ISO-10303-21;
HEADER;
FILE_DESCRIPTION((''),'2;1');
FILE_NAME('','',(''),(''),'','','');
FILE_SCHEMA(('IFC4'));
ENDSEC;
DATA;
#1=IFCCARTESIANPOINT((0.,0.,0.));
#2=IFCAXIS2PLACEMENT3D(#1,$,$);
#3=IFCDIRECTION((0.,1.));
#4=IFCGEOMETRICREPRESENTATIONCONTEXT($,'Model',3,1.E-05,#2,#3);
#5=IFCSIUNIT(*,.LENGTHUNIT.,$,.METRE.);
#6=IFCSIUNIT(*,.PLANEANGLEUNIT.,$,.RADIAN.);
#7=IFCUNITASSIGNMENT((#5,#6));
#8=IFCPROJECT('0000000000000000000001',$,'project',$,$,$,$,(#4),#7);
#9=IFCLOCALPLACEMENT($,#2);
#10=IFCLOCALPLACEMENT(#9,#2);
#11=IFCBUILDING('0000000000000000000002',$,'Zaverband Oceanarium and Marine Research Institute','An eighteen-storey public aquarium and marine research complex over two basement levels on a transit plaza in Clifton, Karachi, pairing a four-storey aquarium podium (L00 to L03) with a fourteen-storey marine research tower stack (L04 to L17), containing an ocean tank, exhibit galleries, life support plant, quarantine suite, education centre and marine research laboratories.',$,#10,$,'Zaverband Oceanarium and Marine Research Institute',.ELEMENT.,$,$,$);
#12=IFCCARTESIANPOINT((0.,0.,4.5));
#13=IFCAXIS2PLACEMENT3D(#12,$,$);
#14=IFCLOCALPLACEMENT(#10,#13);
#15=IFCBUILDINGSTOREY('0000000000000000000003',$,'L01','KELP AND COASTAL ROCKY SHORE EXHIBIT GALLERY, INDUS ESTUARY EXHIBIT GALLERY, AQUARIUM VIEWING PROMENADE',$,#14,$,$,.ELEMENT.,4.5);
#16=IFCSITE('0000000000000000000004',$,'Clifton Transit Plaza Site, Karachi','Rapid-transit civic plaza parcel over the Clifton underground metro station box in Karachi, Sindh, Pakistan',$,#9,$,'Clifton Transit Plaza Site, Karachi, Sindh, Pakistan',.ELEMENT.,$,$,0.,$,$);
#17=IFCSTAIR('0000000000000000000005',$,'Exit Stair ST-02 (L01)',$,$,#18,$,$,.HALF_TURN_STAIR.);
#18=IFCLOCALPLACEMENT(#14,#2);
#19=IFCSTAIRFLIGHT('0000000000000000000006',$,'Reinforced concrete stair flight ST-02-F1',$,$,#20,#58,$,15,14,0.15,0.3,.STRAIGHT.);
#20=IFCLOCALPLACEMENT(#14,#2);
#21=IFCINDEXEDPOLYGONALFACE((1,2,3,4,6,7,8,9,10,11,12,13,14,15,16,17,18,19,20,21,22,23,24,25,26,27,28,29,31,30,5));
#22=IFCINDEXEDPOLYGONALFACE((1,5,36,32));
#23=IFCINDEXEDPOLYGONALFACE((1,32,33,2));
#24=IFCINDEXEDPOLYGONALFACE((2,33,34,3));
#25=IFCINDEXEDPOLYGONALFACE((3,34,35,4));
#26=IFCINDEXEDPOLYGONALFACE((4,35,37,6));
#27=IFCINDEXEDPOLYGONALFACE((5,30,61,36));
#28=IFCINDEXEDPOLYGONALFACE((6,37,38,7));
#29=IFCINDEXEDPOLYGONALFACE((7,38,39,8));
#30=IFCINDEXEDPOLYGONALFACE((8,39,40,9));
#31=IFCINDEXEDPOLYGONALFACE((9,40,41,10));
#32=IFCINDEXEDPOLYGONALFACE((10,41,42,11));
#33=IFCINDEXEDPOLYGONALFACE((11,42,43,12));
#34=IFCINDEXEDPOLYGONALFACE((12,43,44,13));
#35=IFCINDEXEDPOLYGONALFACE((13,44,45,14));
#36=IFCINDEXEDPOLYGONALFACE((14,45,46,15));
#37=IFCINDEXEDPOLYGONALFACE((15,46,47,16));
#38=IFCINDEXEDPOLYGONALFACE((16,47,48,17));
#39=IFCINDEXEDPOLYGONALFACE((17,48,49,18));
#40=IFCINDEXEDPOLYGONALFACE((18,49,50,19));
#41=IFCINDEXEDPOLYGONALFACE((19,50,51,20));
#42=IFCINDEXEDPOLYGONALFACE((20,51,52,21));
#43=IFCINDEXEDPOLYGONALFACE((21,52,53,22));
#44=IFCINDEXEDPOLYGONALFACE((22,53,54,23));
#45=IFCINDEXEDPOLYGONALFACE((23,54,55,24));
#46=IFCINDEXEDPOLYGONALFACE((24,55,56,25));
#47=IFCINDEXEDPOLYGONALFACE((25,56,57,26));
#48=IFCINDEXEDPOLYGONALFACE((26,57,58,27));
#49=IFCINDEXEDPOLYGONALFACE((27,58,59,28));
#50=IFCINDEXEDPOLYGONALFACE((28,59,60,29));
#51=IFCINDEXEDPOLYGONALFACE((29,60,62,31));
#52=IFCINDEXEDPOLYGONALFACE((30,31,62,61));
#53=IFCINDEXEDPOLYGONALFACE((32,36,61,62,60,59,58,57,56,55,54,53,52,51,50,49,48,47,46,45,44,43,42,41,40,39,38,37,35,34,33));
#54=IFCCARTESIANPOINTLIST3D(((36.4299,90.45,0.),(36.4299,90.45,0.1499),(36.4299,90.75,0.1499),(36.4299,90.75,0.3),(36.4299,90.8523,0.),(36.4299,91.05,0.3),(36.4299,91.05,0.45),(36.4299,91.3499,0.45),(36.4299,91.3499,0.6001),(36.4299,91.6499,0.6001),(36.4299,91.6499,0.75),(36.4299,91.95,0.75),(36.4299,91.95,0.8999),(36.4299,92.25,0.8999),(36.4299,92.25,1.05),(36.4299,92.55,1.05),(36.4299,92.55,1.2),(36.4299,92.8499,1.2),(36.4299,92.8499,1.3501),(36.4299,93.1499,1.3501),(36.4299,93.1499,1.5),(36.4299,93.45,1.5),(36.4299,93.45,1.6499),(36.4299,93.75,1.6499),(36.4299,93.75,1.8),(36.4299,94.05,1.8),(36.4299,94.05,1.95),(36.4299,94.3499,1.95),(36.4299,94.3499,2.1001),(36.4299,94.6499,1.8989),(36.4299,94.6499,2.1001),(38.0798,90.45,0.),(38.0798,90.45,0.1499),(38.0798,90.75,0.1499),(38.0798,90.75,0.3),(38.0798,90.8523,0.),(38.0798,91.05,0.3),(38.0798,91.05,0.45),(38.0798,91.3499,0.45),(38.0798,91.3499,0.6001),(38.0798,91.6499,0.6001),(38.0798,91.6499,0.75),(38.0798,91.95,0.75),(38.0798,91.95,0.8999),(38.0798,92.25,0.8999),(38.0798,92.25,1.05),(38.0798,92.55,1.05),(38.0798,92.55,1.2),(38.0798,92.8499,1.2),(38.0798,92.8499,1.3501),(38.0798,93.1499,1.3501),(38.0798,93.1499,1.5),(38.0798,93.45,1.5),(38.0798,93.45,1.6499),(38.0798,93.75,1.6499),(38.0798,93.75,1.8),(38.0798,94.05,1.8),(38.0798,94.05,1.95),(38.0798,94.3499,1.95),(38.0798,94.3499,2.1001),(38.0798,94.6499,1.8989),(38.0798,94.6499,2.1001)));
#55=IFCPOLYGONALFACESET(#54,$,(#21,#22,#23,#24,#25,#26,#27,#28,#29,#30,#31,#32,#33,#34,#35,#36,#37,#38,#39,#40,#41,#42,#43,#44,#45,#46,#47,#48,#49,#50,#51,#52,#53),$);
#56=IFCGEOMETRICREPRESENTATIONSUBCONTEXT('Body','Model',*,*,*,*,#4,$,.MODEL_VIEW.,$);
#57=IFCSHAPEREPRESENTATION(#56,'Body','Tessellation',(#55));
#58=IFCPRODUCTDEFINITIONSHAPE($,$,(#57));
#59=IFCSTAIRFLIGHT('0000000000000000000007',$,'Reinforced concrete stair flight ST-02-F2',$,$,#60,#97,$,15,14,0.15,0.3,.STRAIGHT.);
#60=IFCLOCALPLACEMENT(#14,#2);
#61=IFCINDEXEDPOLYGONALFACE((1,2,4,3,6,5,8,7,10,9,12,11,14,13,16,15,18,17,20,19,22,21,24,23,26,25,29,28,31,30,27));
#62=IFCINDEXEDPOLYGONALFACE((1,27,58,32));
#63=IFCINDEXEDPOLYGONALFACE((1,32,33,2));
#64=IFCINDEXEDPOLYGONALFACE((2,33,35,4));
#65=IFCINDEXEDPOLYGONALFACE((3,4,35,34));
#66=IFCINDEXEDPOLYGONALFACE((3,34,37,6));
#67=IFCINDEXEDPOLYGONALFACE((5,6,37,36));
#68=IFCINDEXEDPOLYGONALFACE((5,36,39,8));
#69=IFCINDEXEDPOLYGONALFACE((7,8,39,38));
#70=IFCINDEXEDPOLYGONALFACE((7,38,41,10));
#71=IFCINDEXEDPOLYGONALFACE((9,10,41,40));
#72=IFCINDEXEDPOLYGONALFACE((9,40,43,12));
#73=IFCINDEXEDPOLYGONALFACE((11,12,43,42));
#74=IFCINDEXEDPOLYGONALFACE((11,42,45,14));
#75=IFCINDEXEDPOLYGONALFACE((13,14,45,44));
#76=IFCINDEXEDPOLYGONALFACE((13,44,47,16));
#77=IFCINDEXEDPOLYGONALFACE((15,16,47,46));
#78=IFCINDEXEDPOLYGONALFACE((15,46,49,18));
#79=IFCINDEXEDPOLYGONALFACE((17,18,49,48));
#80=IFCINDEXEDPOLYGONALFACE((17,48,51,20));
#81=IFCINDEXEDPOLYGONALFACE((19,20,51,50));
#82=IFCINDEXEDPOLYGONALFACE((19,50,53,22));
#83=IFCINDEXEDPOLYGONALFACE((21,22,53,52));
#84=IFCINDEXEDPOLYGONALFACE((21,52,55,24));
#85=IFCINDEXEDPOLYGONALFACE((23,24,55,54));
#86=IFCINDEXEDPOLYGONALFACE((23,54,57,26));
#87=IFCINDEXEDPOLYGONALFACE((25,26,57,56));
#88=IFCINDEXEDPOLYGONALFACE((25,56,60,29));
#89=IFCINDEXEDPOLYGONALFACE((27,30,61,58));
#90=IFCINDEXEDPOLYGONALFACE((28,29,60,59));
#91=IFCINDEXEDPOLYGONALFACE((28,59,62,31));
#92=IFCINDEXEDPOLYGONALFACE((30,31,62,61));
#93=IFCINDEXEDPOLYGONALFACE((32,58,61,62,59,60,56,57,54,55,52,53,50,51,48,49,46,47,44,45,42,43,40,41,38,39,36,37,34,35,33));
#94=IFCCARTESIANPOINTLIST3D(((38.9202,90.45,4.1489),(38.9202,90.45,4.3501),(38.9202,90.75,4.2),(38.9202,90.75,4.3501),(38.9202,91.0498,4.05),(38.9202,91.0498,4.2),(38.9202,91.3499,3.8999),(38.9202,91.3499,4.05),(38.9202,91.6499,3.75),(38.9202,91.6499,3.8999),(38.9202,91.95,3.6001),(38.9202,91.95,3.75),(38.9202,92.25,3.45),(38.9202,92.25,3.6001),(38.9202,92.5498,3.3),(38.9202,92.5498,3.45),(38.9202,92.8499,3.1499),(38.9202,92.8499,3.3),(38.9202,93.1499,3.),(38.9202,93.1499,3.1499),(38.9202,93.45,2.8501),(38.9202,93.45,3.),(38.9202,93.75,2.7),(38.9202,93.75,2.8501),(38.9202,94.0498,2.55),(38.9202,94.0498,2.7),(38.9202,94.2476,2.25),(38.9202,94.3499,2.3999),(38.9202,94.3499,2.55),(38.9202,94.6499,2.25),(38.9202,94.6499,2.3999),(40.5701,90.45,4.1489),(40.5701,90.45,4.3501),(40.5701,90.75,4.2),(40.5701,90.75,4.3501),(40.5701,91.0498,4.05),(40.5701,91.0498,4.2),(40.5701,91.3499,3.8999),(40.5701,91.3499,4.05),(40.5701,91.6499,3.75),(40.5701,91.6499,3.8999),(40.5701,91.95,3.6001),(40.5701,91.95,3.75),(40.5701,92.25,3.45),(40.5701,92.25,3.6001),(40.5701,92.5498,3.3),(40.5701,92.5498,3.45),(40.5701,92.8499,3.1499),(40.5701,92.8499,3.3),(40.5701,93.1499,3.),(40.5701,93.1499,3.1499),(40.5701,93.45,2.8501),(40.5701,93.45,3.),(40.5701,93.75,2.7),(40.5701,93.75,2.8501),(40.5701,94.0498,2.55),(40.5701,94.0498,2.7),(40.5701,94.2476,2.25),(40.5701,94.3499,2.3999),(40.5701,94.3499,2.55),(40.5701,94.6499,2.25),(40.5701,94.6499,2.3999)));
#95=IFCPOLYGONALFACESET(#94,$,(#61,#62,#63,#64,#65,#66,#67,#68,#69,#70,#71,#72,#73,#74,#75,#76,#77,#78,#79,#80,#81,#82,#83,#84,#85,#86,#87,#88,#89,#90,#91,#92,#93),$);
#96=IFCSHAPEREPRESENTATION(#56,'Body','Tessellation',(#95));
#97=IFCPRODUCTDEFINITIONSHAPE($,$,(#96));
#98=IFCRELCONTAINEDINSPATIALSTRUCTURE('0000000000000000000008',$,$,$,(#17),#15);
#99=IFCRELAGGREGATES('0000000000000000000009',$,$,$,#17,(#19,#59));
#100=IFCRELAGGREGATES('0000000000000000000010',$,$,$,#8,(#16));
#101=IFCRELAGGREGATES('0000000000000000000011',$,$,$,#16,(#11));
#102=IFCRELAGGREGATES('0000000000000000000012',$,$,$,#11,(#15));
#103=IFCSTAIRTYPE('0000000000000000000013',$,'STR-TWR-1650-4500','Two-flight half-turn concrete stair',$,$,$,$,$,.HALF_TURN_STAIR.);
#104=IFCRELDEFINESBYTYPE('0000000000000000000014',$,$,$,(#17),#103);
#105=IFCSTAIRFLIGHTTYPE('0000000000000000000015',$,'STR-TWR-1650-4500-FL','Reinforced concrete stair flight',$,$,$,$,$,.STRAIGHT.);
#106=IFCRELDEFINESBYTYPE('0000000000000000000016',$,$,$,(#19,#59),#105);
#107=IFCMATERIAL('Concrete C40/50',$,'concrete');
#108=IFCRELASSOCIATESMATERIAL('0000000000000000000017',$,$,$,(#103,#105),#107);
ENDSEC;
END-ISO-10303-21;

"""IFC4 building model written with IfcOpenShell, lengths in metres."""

from ifc_helpers import new_model, si_unit, direction, frame, origin, place, context, subcontext, project, spatial, polyline, outline, extrude, material, type_object, element, aggregate, save


model = new_model("IFC4")

# Units and contexts
model_context = context("Model", 3, precision=1e-05, world=origin(), true_north=direction((0.0, 1.0)))
body_context = subcontext(model_context, "Body", "Model", "MODEL_VIEW")
ifc_project = project(units=[si_unit("LENGTHUNIT", "METRE"), si_unit("PLANEANGLEUNIT", "RADIAN")], contexts=[model_context])

# Site, building, storey
site_placement = place(None, origin())
site = spatial("IfcSite", under=ifc_project, at=site_placement, Name="Clifton Transit Plaza Site, Karachi", Description="Rapid-transit civic plaza parcel over the Clifton underground metro station box in Karachi, Sindh, Pakistan", LongName="Clifton Transit Plaza Site, Karachi, Sindh, Pakistan", CompositionType="ELEMENT", RefElevation=0.0)
building_placement = place(site_placement, origin())
building = spatial("IfcBuilding", under=site, at=building_placement, Name="Zaverband Oceanarium and Marine Research Institute", Description="An eighteen-storey public aquarium and marine research complex over two basement levels on a transit plaza in Clifton, Karachi, pairing a four-storey aquarium podium (L00 to L03) with a fourteen-storey marine research tower stack (L04 to L17), containing an ocean tank, exhibit galleries, life support plant, quarantine suite, education centre and marine research laboratories.", LongName="Zaverband Oceanarium and Marine Research Institute", CompositionType="ELEMENT")
storey_placement = place(building_placement, frame((0.0, 0.0, 4.5)))
storey = spatial("IfcBuildingStorey", under=building, at=storey_placement, Name="L01", Description="KELP AND COASTAL ROCKY SHORE EXHIBIT GALLERY, INDUS ESTUARY EXHIBIT GALLERY, AQUARIUM VIEWING PROMENADE", CompositionType="ELEMENT", Elevation=4.5)

# Shared definitions
ifc_material_1 = material(Name="Concrete C40/50", Category="concrete")

# Stair, stair flights
stair_type = type_object("IfcStairType", Name="STR-TWR-1650-4500", Description="Two-flight half-turn concrete stair", PredefinedType="HALF_TURN_STAIR", material=ifc_material_1)
stair_placement = place(storey_placement, origin())
stair = element("IfcStair", 1, at=stair_placement, inside=storey, type_object=stair_type, Name="Exit Stair ST-02 (L01)", PredefinedType="HALF_TURN_STAIR")
stair_flight_type = type_object("IfcStairFlightType", Name="STR-TWR-1650-4500-FL", Description="Reinforced concrete stair flight", PredefinedType="STRAIGHT", material=ifc_material_1)
stair_flight_1_placement = place(storey_placement, frame((37.2549, 90.45, 0.0), z_axis=(0.0, 0.0, 1.0), x_axis=(0.0, 1.0, 0.0)))
stair_flight_1 = element("IfcStairFlight", 2, at=stair_flight_1_placement, type_object=stair_flight_type, Name="Reinforced concrete stair flight ST-02-F1", NumberOfRisers=15, NumberOfTreads=14, PredefinedType="STRAIGHT", RiserHeight=0.15, TreadLength=0.3, context=body_context, shape_type="SweptSolid", body=[
    extrude(outline(polyline([(0.0, 0.0), (0.0, 0.1499), (0.3, 0.1499), (0.3, 0.3), (0.6001, 0.3), (0.6001, 0.45), (0.8999, 0.45), (0.8999, 0.6001), (1.2, 0.6001), (1.2, 0.75), (1.5, 0.75), (1.5, 0.8999), (1.8, 0.8999), (1.8, 1.05), (2.1001, 1.05), (2.1001, 1.2), (2.3999, 1.2), (2.3999, 1.3501), (2.7, 1.3501), (2.7, 1.5), (3.0, 1.5), (3.0, 1.6499), (3.3, 1.6499), (3.3, 1.8), (3.6001, 1.8), (3.6001, 1.95), (3.8999, 1.95), (3.8999, 2.1001), (4.2, 2.1001), (4.2, 2.25), (4.2, 1.8989), (0.4023, 0.0), (0.0, 0.0)])), frame((0.0, 0.825, 0.0), z_axis=(0.0, -1.0, 0.0), x_axis=(1.0, 0.0, 0.0)), (0.0, 0.0, 1.0), 1.6499),
])
stair_flight_2_placement = place(storey_placement, frame((39.7451, 94.6499, 2.25), z_axis=(0.0, 0.0, 1.0), x_axis=(0.0, -1.0, 0.0)))
stair_flight_2 = element("IfcStairFlight", 3, at=stair_flight_2_placement, type_object=stair_flight_type, Name="Reinforced concrete stair flight ST-02-F2", NumberOfRisers=15, NumberOfTreads=14, PredefinedType="STRAIGHT", RiserHeight=0.15, TreadLength=0.3, context=body_context, shape_type="SweptSolid", body=[
    extrude(outline(polyline([(0.0, 0.0), (0.0, 0.1499), (0.3, 0.1499), (0.3, 0.3), (0.6001, 0.3), (0.6001, 0.45), (0.8999, 0.45), (0.8999, 0.6001), (1.2, 0.6001), (1.2, 0.75), (1.5, 0.75), (1.5, 0.8999), (1.8, 0.8999), (1.8, 1.05), (2.1001, 1.05), (2.1001, 1.2), (2.3999, 1.2), (2.3999, 1.3501), (2.7, 1.3501), (2.7, 1.5), (3.0, 1.5), (3.0, 1.6499), (3.3, 1.6499), (3.3, 1.8), (3.6001, 1.8), (3.6001, 1.95), (3.8999, 1.95), (3.8999, 2.1001), (4.2, 2.1001), (4.2, 2.25), (4.2, 1.8989), (0.4023, 0.0), (0.0, 0.0)])), frame((0.0, 0.825, 0.0), z_axis=(0.0, -1.0, 0.0), x_axis=(1.0, 0.0, 0.0)), (0.0, 0.0, 1.0), 1.6499),
])
aggregate(stair, [stair_flight_1, stair_flight_2])

save(model, "model.ifc")
